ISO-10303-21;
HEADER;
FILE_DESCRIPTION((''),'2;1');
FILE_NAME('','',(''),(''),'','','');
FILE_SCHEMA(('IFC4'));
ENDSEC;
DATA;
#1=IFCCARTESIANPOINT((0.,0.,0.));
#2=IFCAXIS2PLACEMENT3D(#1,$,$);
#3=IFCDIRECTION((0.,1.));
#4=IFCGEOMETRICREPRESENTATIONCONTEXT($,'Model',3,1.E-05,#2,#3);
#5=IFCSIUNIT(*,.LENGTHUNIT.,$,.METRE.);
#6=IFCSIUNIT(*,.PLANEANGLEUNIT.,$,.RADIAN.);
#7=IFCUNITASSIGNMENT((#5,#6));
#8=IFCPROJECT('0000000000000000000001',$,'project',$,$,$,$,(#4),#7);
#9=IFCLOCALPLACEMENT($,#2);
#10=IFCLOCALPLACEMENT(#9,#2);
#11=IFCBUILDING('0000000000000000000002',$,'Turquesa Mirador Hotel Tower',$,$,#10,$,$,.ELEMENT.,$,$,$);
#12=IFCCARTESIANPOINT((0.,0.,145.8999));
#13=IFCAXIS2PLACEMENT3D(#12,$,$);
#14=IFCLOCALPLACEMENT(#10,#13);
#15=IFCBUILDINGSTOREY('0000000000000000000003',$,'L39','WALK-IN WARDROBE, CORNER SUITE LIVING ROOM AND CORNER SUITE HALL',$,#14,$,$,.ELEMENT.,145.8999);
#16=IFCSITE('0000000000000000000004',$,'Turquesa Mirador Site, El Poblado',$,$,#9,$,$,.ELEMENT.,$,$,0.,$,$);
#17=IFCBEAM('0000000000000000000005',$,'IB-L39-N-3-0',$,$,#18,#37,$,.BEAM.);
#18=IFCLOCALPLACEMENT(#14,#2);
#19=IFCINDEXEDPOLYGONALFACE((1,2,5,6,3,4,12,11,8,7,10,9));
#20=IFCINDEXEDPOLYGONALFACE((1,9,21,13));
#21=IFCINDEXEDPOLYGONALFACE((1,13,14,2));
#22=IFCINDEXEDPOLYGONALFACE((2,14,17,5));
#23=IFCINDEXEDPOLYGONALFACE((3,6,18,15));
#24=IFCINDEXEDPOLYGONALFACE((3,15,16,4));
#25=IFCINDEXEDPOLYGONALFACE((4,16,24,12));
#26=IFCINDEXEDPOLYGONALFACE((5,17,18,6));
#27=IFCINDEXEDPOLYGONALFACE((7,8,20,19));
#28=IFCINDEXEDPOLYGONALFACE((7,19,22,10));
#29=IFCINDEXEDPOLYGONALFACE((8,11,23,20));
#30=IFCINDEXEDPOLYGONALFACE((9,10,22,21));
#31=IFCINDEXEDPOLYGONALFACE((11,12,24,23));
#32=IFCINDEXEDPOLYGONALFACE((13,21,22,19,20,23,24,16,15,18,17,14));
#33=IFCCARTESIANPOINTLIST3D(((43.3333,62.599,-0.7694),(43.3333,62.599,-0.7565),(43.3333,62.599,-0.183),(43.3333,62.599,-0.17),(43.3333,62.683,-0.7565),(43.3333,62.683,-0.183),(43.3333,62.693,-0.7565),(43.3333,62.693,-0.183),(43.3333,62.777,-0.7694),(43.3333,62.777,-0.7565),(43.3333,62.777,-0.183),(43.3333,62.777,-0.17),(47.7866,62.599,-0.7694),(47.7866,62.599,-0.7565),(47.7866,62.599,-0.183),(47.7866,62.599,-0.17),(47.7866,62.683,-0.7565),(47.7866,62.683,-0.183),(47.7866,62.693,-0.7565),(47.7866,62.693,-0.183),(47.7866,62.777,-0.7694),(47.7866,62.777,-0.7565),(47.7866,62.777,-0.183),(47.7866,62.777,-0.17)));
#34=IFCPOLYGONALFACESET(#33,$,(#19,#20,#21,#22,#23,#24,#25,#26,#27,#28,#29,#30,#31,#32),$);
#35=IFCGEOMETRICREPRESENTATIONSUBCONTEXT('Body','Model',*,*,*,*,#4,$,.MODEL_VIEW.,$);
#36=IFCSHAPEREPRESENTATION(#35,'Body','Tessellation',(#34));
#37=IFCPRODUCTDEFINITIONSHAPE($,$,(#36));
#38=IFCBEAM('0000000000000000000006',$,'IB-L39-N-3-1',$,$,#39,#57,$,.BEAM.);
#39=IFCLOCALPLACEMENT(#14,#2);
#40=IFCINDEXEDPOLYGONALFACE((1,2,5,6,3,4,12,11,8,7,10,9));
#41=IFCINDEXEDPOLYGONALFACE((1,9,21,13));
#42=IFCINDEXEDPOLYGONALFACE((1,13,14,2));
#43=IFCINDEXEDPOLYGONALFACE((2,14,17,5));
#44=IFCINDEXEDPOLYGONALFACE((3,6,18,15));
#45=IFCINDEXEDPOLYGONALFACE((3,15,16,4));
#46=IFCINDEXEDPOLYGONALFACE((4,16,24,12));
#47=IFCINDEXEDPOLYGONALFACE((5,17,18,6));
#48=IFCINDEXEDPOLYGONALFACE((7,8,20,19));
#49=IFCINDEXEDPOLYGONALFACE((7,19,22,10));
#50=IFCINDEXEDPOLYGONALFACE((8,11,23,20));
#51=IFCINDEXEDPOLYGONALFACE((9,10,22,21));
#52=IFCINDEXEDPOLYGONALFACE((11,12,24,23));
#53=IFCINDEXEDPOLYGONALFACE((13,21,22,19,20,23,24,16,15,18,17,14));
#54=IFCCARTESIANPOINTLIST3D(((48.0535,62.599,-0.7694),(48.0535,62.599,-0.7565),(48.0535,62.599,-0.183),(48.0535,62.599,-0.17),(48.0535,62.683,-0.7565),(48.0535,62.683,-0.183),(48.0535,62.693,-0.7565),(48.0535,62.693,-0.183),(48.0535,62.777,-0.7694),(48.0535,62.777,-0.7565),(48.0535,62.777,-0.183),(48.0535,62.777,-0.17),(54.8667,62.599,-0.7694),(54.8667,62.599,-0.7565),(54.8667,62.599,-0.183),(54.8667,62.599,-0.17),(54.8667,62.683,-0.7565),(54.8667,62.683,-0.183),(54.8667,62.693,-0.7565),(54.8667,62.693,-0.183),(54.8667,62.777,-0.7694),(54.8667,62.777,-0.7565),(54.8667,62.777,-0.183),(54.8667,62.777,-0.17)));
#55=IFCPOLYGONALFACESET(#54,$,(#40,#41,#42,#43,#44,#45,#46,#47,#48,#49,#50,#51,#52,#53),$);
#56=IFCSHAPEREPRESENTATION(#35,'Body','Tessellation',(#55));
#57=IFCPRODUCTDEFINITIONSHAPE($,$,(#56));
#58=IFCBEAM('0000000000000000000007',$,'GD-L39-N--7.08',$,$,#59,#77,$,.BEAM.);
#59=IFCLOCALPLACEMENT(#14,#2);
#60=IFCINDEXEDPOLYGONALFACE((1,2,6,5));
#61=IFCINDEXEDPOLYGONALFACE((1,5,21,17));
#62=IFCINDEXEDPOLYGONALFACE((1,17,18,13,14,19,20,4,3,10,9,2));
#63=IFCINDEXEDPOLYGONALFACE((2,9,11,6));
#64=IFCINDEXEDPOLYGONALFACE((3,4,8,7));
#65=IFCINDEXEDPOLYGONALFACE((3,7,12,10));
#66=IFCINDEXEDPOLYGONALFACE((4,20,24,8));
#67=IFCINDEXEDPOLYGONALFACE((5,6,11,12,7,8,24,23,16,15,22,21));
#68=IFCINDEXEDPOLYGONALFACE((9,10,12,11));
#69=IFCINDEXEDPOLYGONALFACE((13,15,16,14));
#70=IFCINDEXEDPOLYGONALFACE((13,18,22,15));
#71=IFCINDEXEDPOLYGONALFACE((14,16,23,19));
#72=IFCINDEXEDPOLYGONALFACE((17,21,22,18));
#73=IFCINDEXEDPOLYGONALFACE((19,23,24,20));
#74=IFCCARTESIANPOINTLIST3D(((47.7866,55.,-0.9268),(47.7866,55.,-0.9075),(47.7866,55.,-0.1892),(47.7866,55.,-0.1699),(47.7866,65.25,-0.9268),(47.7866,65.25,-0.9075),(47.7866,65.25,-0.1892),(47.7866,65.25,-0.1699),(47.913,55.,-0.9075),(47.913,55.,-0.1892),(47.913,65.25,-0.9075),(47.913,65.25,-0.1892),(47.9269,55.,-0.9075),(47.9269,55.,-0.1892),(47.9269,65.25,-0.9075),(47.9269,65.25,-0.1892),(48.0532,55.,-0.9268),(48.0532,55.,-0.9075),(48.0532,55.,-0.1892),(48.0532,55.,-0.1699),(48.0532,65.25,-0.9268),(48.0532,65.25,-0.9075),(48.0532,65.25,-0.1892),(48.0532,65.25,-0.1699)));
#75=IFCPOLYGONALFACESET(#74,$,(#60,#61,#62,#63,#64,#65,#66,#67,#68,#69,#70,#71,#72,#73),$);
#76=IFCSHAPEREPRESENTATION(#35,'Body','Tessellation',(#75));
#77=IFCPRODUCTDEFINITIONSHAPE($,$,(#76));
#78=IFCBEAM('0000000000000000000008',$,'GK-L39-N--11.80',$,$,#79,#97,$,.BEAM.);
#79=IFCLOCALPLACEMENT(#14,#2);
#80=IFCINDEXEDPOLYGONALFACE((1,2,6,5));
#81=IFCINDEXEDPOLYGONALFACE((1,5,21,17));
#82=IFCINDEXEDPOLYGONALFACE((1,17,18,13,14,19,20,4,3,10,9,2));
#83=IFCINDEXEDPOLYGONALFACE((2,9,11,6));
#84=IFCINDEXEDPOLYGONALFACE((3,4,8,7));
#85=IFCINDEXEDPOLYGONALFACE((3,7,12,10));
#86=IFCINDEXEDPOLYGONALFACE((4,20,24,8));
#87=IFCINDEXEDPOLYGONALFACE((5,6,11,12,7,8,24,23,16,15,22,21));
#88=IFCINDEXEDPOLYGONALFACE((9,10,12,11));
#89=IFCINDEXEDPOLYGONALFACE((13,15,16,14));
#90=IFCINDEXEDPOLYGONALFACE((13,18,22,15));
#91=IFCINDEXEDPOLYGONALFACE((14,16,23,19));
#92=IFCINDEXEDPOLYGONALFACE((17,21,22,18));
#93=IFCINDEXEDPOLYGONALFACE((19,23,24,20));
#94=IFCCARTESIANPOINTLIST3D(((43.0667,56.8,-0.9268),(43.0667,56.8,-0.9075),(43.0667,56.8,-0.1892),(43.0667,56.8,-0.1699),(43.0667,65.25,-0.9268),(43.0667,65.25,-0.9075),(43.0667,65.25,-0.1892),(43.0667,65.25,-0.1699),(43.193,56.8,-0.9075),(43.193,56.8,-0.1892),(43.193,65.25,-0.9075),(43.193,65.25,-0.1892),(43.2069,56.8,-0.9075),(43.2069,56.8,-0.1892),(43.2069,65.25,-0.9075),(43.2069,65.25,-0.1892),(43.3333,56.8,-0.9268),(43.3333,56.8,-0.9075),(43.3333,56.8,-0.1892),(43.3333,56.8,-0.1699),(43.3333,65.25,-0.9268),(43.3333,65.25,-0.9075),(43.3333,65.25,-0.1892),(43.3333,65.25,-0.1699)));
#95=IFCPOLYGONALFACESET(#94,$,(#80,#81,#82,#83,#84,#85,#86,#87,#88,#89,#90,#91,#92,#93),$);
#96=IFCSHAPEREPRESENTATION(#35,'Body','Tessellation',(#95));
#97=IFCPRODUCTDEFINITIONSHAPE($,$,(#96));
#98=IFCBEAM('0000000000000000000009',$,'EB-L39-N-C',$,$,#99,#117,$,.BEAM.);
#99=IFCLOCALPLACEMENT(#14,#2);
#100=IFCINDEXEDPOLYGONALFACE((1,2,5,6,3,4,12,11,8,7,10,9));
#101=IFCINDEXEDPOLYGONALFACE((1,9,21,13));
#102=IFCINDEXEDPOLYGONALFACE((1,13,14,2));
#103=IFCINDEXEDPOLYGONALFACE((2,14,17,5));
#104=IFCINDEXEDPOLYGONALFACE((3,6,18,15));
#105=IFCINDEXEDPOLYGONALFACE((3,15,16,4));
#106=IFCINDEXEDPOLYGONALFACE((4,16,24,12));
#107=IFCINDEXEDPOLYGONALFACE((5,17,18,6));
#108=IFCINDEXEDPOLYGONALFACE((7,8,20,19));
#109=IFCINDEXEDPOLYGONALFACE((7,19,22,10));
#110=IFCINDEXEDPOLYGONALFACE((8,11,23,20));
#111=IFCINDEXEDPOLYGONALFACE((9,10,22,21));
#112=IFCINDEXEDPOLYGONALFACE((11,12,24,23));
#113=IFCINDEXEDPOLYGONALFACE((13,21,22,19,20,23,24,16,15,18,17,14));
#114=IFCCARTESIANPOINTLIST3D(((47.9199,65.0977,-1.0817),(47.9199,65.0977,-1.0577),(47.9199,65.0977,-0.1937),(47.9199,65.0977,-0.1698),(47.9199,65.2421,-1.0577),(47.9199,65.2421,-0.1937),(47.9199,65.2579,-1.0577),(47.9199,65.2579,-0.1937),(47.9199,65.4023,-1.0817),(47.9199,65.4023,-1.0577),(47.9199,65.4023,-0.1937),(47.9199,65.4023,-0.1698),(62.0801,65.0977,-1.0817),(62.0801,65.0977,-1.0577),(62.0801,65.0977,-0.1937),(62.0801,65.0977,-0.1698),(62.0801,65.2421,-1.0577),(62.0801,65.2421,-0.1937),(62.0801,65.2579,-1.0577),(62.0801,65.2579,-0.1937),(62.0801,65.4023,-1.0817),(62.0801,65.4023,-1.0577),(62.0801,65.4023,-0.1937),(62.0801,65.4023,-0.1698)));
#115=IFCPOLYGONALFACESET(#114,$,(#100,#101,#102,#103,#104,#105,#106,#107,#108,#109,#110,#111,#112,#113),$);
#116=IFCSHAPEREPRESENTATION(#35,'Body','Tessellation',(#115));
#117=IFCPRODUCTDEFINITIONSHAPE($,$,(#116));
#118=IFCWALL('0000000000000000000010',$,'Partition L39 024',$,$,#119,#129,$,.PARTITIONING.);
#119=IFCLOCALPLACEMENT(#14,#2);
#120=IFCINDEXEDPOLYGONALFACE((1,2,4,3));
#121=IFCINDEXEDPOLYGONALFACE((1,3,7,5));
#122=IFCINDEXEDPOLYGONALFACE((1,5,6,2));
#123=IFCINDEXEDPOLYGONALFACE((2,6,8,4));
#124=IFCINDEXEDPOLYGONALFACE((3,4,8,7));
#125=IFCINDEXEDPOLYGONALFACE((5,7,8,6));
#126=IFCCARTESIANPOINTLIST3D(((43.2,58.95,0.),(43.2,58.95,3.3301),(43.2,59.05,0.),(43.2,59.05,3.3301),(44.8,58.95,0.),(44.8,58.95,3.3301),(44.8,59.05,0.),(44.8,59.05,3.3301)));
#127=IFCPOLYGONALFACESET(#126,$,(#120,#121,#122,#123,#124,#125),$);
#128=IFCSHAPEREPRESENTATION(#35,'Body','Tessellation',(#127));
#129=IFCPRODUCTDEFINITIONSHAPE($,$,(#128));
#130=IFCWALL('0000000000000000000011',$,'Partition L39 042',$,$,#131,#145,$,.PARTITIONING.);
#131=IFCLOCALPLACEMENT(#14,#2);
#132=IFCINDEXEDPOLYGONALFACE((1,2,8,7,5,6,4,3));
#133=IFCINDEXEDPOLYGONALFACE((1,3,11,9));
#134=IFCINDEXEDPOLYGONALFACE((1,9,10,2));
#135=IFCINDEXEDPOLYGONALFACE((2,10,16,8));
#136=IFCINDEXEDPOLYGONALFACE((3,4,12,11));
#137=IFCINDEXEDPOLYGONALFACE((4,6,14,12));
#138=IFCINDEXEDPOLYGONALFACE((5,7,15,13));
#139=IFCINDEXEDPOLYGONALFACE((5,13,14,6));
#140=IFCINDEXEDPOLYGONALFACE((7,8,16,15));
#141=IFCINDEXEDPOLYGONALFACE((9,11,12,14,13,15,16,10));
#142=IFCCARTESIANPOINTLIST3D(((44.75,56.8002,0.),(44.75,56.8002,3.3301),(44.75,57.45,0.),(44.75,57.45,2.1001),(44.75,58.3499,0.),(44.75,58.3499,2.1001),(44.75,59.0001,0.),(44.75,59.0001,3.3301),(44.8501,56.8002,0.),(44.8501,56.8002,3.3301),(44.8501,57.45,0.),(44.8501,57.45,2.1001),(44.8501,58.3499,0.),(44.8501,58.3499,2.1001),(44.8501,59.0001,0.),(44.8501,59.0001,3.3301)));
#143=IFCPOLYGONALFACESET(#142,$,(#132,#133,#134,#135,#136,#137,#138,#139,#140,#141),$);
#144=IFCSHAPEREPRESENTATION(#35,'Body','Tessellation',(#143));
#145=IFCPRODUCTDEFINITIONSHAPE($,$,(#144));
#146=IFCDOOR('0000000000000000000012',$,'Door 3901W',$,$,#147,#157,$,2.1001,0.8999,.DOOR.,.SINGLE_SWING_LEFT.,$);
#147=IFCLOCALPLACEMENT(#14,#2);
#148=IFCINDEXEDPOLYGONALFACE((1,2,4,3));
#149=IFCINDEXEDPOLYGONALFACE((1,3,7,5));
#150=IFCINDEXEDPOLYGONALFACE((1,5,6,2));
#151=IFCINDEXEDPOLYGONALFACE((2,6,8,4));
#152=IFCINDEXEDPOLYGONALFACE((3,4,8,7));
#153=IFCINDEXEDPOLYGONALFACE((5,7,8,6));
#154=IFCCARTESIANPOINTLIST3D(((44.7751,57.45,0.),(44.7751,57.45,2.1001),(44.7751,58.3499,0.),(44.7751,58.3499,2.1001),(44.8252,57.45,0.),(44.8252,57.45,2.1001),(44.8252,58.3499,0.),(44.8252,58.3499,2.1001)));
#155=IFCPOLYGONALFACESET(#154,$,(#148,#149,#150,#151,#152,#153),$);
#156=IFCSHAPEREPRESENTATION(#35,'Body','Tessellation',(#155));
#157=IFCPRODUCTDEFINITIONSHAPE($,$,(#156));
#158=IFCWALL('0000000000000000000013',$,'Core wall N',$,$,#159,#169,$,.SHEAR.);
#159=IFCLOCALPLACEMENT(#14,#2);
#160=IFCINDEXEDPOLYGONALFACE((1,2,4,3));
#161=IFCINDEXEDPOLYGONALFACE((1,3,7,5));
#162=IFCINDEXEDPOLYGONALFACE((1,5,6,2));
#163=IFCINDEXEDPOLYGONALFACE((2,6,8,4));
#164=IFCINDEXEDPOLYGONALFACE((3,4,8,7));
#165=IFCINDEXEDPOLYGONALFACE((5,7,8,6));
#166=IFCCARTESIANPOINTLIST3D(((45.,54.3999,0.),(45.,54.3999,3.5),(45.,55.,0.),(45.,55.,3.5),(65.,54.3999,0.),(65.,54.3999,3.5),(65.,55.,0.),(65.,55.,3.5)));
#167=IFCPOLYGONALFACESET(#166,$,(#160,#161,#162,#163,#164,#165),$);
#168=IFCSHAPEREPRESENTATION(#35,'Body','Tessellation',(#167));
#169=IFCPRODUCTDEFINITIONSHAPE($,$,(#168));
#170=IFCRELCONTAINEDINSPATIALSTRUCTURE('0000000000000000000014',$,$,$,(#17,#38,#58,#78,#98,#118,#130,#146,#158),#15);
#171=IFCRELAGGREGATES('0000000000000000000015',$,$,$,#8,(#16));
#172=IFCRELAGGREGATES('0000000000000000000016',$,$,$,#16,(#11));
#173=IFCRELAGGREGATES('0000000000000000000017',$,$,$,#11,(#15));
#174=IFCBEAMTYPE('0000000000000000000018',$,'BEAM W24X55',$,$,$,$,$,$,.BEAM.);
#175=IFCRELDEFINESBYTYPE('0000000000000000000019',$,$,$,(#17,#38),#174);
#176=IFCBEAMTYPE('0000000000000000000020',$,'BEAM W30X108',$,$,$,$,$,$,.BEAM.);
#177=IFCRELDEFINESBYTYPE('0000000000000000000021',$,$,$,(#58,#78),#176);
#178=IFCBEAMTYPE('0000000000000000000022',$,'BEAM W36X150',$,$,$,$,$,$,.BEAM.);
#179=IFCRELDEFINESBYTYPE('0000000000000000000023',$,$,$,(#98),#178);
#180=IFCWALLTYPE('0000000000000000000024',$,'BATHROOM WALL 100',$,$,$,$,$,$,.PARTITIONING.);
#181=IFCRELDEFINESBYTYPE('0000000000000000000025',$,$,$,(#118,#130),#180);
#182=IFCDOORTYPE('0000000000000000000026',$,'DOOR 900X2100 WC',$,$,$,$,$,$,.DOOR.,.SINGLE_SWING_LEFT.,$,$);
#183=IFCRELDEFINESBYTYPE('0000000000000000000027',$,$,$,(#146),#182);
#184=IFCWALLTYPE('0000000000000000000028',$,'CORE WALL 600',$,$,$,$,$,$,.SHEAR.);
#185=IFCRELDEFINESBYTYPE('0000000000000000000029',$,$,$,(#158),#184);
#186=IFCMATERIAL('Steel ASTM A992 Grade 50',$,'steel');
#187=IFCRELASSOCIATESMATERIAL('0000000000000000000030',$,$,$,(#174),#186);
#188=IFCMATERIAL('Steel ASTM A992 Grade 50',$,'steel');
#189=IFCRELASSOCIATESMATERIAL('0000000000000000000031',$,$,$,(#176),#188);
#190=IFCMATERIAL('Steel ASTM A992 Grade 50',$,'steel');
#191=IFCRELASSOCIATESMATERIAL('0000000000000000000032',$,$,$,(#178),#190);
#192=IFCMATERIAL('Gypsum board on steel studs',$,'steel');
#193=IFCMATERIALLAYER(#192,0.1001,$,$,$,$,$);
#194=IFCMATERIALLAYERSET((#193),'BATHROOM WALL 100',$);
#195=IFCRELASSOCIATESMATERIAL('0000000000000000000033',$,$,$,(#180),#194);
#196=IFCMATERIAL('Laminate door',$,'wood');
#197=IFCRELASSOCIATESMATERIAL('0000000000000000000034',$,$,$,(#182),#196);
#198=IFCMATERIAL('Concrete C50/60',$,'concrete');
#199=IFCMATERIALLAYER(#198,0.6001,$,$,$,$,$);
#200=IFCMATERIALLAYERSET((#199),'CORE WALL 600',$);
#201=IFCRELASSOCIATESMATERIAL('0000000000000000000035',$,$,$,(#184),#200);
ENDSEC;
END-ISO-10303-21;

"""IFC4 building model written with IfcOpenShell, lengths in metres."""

from ifc_helpers import new_model, si_unit, direction, frame, frame_2d, origin, origin_2d, place, context, subcontext, project, spatial, rectangle, i_section, extrude, material, layer, layer_set, material_profile, profile_set, type_object, element, fill, save


model = new_model("IFC4")

# Units and contexts
model_context = context("Model", 3, precision=1e-05, world=origin(), true_north=direction((0.0, 1.0)))
body_context = subcontext(model_context, "Body", "Model", "MODEL_VIEW")
ifc_project = project(units=[si_unit("LENGTHUNIT", "METRE"), si_unit("PLANEANGLEUNIT", "RADIAN")], contexts=[model_context])

# Site, building, storey
site_placement = place(None, origin())
site = spatial("IfcSite", under=ifc_project, at=site_placement, Name="Turquesa Mirador Site, El Poblado", CompositionType="ELEMENT", RefElevation=0.0)
building_placement = place(site_placement, origin())
building = spatial("IfcBuilding", under=site, at=building_placement, Name="Turquesa Mirador Hotel Tower", CompositionType="ELEMENT")
storey_placement = place(building_placement, frame((0.0, 0.0, 145.8999)))
storey = spatial("IfcBuildingStorey", under=building, at=storey_placement, Name="L39", Description="WALK-IN WARDROBE, CORNER SUITE LIVING ROOM AND CORNER SUITE HALL", CompositionType="ELEMENT", Elevation=145.8999)

# Beams
ifc_material_1 = material(Name="Steel ASTM A992 Grade 50", Category="steel")
ifc_material_profile_1 = material_profile(ifc_material_1, i_section(OverallWidth=0.178, OverallDepth=0.5994, WebThickness=0.01, FlangeThickness=0.0129, at=origin_2d()), Name="W24X55")
ifc_profile_set_1 = profile_set([ifc_material_profile_1], Name="Steel ASTM A992 Grade 50")
beam_type_1 = type_object("IfcBeamType", Name="BEAM W24X55", PredefinedType="BEAM", material=ifc_profile_set_1)
beam_1_placement = place(storey_placement, frame((43.3333, 62.688, -0.4697), z_axis=(1.0, 0.0, 0.0), x_axis=(0.0, 1.0, 0.0)))
element("IfcBeam", 1, at=beam_1_placement, inside=storey, type_object=beam_type_1, Name="IB-L39-N-3-0", PredefinedType="BEAM", context=body_context, shape_type="SweptSolid", body=[
    extrude(i_section(OverallWidth=0.178, OverallDepth=0.5994, WebThickness=0.01, FlangeThickness=0.0129, at=origin_2d()), origin(), (0.0, 0.0, 1.0), 4.4534),
])
beam_2_placement = place(storey_placement, frame((48.0535, 62.688, -0.4697), z_axis=(1.0, 0.0, 0.0), x_axis=(0.0, 1.0, 0.0)))
element("IfcBeam", 2, at=beam_2_placement, inside=storey, type_object=beam_type_1, Name="IB-L39-N-3-1", PredefinedType="BEAM", context=body_context, shape_type="SweptSolid", body=[
    extrude(i_section(OverallWidth=0.178, OverallDepth=0.5994, WebThickness=0.01, FlangeThickness=0.0129, at=origin_2d()), origin(), (0.0, 0.0, 1.0), 6.8132),
])
ifc_material_2 = material(Name="Steel ASTM A992 Grade 50", Category="steel")
ifc_material_profile_2 = material_profile(ifc_material_2, i_section(OverallWidth=0.2666, OverallDepth=0.7568, WebThickness=0.0139, FlangeThickness=0.0193, at=origin_2d()), Name="W30X108")
ifc_profile_set_2 = profile_set([ifc_material_profile_2], Name="Steel ASTM A992 Grade 50")
beam_type_2 = type_object("IfcBeamType", Name="BEAM W30X108", PredefinedType="BEAM", material=ifc_profile_set_2)
beam_3_placement = place(storey_placement, frame((47.9199, 65.25, -0.5483), z_axis=(0.0, -1.0, 0.0), x_axis=(1.0, 0.0, 0.0)))
element("IfcBeam", 3, at=beam_3_placement, inside=storey, type_object=beam_type_2, Name="GD-L39-N--7.08", PredefinedType="BEAM", context=body_context, shape_type="SweptSolid", body=[
    extrude(i_section(OverallWidth=0.2666, OverallDepth=0.7568, WebThickness=0.0139, FlangeThickness=0.0193, at=origin_2d()), origin(), (0.0, 0.0, 1.0), 10.25),
])
beam_4_placement = place(storey_placement, frame((43.2, 65.25, -0.5483), z_axis=(0.0, -1.0, 0.0), x_axis=(1.0, 0.0, 0.0)))
element("IfcBeam", 4, at=beam_4_placement, inside=storey, type_object=beam_type_2, Name="GK-L39-N--11.80", PredefinedType="BEAM", context=body_context, shape_type="SweptSolid", body=[
    extrude(i_section(OverallWidth=0.2666, OverallDepth=0.7568, WebThickness=0.0139, FlangeThickness=0.0193, at=origin_2d()), origin(), (0.0, 0.0, 1.0), 8.45),
])
ifc_material_3 = material(Name="Steel ASTM A992 Grade 50", Category="steel")
ifc_material_profile_3 = material_profile(ifc_material_3, i_section(OverallWidth=0.3047, OverallDepth=0.9119, WebThickness=0.0159, FlangeThickness=0.0239, at=origin_2d()), Name="W36X150")
ifc_profile_set_3 = profile_set([ifc_material_profile_3], Name="Steel ASTM A992 Grade 50")
beam_type_3 = type_object("IfcBeamType", Name="BEAM W36X150", PredefinedType="BEAM", material=ifc_profile_set_3)
beam_5_placement = place(storey_placement, frame((47.9199, 65.25, -0.6257), z_axis=(1.0, 0.0, 0.0), x_axis=(0.0, 1.0, 0.0)))
element("IfcBeam", 5, at=beam_5_placement, inside=storey, type_object=beam_type_3, Name="EB-L39-N-C", PredefinedType="BEAM", context=body_context, shape_type="SweptSolid", body=[
    extrude(i_section(OverallWidth=0.3047, OverallDepth=0.9119, WebThickness=0.0159, FlangeThickness=0.0239, at=origin_2d()), origin(), (0.0, 0.0, 1.0), 14.1602),
])

# Wall
ifc_material_4 = material(Name="Gypsum board on steel studs", Category="steel")
ifc_layer_1 = layer(ifc_material_4, 0.1001)
ifc_layer_set_1 = layer_set([ifc_layer_1], Name="BATHROOM WALL 100")
wall_type_1 = type_object("IfcWallType", Name="BATHROOM WALL 100", PredefinedType="PARTITIONING", material=ifc_layer_set_1)
wall_1_placement = place(storey_placement, frame((43.2, 59.0, 0.0), z_axis=(0.0, 0.0, 1.0), x_axis=(1.0, 0.0, 0.0)))
element("IfcWall", 6, at=wall_1_placement, inside=storey, type_object=wall_type_1, Name="Partition L39 024", PredefinedType="PARTITIONING", context=body_context, shape_type="SweptSolid", body=[
    extrude(rectangle(XDim=1.6001, YDim=0.1001, at=frame_2d((0.8, 0.0))), origin(), (0.0, 0.0, 1.0), 3.3301),
])

# Wall, opening, door
wall_2_placement = place(storey_placement, frame((44.8, 56.8, 0.0), z_axis=(0.0, 0.0, 1.0), x_axis=(0.0, 1.0, 0.0)))
wall_2 = element("IfcWall", 7, at=wall_2_placement, inside=storey, type_object=wall_type_1, Name="Partition L39 042", PredefinedType="PARTITIONING", context=body_context, shape_type="SweptSolid", body=[
    extrude(rectangle(XDim=2.2, YDim=0.1001, at=frame_2d((1.1001, 0.0))), origin(), (0.0, 0.0, 1.0), 3.3301),
])
opening_placement = place(wall_2_placement, frame((0.6499, 0.0, 0.0)))
opening = element("IfcOpeningElement", 8, at=opening_placement, cuts=wall_2, PredefinedType="OPENING", context=body_context, shape_type="SweptSolid", body=[
    extrude(rectangle(XDim=0.8999, YDim=2.1001, at=frame_2d((0.45, 1.05))), frame((0.0, 0.0601, 0.0), z_axis=(0.0, -1.0, 0.0), x_axis=(1.0, 0.0, 0.0)), (0.0, 0.0, 1.0), 0.1201),
])
ifc_material_5 = material(Name="Laminate door", Category="wood")
door_type = type_object("IfcDoorType", Name="DOOR 900X2100 WC", OperationType="SINGLE_SWING_LEFT", PredefinedType="DOOR", material=ifc_material_5)
door_placement = place(opening_placement, origin())
door = element("IfcDoor", 9, at=door_placement, inside=storey, type_object=door_type, Name="Door 3901W", OperationType="SINGLE_SWING_LEFT", OverallHeight=2.1001, OverallWidth=0.8999, PredefinedType="DOOR", context=body_context, shape_type="SweptSolid", body=[
    extrude(rectangle(XDim=0.8999, YDim=2.1001, at=frame_2d((0.45, 1.05))), frame((0.0, 0.0249, 0.0), z_axis=(0.0, -1.0, 0.0), x_axis=(1.0, 0.0, 0.0)), (0.0, 0.0, 1.0), 0.05),
])
fill(opening, door)

# Wall
ifc_material_6 = material(Name="Concrete C50/60", Category="concrete")
ifc_layer_2 = layer(ifc_material_6, 0.6001)
ifc_layer_set_2 = layer_set([ifc_layer_2], Name="CORE WALL 600")
wall_type_2 = type_object("IfcWallType", Name="CORE WALL 600", PredefinedType="SHEAR", material=ifc_layer_set_2)
wall_3_placement = place(storey_placement, frame((45.0, 54.7, 0.0), z_axis=(0.0, 0.0, 1.0), x_axis=(1.0, 0.0, 0.0)))
element("IfcWall", 10, at=wall_3_placement, inside=storey, type_object=wall_type_2, Name="Core wall N", PredefinedType="SHEAR", context=body_context, shape_type="SweptSolid", body=[
    extrude(rectangle(XDim=20.0, YDim=0.6001, at=frame_2d((10.0, 0.0))), origin(), (0.0, 0.0, 1.0), 3.5),
])

save(model, "model.ifc")
